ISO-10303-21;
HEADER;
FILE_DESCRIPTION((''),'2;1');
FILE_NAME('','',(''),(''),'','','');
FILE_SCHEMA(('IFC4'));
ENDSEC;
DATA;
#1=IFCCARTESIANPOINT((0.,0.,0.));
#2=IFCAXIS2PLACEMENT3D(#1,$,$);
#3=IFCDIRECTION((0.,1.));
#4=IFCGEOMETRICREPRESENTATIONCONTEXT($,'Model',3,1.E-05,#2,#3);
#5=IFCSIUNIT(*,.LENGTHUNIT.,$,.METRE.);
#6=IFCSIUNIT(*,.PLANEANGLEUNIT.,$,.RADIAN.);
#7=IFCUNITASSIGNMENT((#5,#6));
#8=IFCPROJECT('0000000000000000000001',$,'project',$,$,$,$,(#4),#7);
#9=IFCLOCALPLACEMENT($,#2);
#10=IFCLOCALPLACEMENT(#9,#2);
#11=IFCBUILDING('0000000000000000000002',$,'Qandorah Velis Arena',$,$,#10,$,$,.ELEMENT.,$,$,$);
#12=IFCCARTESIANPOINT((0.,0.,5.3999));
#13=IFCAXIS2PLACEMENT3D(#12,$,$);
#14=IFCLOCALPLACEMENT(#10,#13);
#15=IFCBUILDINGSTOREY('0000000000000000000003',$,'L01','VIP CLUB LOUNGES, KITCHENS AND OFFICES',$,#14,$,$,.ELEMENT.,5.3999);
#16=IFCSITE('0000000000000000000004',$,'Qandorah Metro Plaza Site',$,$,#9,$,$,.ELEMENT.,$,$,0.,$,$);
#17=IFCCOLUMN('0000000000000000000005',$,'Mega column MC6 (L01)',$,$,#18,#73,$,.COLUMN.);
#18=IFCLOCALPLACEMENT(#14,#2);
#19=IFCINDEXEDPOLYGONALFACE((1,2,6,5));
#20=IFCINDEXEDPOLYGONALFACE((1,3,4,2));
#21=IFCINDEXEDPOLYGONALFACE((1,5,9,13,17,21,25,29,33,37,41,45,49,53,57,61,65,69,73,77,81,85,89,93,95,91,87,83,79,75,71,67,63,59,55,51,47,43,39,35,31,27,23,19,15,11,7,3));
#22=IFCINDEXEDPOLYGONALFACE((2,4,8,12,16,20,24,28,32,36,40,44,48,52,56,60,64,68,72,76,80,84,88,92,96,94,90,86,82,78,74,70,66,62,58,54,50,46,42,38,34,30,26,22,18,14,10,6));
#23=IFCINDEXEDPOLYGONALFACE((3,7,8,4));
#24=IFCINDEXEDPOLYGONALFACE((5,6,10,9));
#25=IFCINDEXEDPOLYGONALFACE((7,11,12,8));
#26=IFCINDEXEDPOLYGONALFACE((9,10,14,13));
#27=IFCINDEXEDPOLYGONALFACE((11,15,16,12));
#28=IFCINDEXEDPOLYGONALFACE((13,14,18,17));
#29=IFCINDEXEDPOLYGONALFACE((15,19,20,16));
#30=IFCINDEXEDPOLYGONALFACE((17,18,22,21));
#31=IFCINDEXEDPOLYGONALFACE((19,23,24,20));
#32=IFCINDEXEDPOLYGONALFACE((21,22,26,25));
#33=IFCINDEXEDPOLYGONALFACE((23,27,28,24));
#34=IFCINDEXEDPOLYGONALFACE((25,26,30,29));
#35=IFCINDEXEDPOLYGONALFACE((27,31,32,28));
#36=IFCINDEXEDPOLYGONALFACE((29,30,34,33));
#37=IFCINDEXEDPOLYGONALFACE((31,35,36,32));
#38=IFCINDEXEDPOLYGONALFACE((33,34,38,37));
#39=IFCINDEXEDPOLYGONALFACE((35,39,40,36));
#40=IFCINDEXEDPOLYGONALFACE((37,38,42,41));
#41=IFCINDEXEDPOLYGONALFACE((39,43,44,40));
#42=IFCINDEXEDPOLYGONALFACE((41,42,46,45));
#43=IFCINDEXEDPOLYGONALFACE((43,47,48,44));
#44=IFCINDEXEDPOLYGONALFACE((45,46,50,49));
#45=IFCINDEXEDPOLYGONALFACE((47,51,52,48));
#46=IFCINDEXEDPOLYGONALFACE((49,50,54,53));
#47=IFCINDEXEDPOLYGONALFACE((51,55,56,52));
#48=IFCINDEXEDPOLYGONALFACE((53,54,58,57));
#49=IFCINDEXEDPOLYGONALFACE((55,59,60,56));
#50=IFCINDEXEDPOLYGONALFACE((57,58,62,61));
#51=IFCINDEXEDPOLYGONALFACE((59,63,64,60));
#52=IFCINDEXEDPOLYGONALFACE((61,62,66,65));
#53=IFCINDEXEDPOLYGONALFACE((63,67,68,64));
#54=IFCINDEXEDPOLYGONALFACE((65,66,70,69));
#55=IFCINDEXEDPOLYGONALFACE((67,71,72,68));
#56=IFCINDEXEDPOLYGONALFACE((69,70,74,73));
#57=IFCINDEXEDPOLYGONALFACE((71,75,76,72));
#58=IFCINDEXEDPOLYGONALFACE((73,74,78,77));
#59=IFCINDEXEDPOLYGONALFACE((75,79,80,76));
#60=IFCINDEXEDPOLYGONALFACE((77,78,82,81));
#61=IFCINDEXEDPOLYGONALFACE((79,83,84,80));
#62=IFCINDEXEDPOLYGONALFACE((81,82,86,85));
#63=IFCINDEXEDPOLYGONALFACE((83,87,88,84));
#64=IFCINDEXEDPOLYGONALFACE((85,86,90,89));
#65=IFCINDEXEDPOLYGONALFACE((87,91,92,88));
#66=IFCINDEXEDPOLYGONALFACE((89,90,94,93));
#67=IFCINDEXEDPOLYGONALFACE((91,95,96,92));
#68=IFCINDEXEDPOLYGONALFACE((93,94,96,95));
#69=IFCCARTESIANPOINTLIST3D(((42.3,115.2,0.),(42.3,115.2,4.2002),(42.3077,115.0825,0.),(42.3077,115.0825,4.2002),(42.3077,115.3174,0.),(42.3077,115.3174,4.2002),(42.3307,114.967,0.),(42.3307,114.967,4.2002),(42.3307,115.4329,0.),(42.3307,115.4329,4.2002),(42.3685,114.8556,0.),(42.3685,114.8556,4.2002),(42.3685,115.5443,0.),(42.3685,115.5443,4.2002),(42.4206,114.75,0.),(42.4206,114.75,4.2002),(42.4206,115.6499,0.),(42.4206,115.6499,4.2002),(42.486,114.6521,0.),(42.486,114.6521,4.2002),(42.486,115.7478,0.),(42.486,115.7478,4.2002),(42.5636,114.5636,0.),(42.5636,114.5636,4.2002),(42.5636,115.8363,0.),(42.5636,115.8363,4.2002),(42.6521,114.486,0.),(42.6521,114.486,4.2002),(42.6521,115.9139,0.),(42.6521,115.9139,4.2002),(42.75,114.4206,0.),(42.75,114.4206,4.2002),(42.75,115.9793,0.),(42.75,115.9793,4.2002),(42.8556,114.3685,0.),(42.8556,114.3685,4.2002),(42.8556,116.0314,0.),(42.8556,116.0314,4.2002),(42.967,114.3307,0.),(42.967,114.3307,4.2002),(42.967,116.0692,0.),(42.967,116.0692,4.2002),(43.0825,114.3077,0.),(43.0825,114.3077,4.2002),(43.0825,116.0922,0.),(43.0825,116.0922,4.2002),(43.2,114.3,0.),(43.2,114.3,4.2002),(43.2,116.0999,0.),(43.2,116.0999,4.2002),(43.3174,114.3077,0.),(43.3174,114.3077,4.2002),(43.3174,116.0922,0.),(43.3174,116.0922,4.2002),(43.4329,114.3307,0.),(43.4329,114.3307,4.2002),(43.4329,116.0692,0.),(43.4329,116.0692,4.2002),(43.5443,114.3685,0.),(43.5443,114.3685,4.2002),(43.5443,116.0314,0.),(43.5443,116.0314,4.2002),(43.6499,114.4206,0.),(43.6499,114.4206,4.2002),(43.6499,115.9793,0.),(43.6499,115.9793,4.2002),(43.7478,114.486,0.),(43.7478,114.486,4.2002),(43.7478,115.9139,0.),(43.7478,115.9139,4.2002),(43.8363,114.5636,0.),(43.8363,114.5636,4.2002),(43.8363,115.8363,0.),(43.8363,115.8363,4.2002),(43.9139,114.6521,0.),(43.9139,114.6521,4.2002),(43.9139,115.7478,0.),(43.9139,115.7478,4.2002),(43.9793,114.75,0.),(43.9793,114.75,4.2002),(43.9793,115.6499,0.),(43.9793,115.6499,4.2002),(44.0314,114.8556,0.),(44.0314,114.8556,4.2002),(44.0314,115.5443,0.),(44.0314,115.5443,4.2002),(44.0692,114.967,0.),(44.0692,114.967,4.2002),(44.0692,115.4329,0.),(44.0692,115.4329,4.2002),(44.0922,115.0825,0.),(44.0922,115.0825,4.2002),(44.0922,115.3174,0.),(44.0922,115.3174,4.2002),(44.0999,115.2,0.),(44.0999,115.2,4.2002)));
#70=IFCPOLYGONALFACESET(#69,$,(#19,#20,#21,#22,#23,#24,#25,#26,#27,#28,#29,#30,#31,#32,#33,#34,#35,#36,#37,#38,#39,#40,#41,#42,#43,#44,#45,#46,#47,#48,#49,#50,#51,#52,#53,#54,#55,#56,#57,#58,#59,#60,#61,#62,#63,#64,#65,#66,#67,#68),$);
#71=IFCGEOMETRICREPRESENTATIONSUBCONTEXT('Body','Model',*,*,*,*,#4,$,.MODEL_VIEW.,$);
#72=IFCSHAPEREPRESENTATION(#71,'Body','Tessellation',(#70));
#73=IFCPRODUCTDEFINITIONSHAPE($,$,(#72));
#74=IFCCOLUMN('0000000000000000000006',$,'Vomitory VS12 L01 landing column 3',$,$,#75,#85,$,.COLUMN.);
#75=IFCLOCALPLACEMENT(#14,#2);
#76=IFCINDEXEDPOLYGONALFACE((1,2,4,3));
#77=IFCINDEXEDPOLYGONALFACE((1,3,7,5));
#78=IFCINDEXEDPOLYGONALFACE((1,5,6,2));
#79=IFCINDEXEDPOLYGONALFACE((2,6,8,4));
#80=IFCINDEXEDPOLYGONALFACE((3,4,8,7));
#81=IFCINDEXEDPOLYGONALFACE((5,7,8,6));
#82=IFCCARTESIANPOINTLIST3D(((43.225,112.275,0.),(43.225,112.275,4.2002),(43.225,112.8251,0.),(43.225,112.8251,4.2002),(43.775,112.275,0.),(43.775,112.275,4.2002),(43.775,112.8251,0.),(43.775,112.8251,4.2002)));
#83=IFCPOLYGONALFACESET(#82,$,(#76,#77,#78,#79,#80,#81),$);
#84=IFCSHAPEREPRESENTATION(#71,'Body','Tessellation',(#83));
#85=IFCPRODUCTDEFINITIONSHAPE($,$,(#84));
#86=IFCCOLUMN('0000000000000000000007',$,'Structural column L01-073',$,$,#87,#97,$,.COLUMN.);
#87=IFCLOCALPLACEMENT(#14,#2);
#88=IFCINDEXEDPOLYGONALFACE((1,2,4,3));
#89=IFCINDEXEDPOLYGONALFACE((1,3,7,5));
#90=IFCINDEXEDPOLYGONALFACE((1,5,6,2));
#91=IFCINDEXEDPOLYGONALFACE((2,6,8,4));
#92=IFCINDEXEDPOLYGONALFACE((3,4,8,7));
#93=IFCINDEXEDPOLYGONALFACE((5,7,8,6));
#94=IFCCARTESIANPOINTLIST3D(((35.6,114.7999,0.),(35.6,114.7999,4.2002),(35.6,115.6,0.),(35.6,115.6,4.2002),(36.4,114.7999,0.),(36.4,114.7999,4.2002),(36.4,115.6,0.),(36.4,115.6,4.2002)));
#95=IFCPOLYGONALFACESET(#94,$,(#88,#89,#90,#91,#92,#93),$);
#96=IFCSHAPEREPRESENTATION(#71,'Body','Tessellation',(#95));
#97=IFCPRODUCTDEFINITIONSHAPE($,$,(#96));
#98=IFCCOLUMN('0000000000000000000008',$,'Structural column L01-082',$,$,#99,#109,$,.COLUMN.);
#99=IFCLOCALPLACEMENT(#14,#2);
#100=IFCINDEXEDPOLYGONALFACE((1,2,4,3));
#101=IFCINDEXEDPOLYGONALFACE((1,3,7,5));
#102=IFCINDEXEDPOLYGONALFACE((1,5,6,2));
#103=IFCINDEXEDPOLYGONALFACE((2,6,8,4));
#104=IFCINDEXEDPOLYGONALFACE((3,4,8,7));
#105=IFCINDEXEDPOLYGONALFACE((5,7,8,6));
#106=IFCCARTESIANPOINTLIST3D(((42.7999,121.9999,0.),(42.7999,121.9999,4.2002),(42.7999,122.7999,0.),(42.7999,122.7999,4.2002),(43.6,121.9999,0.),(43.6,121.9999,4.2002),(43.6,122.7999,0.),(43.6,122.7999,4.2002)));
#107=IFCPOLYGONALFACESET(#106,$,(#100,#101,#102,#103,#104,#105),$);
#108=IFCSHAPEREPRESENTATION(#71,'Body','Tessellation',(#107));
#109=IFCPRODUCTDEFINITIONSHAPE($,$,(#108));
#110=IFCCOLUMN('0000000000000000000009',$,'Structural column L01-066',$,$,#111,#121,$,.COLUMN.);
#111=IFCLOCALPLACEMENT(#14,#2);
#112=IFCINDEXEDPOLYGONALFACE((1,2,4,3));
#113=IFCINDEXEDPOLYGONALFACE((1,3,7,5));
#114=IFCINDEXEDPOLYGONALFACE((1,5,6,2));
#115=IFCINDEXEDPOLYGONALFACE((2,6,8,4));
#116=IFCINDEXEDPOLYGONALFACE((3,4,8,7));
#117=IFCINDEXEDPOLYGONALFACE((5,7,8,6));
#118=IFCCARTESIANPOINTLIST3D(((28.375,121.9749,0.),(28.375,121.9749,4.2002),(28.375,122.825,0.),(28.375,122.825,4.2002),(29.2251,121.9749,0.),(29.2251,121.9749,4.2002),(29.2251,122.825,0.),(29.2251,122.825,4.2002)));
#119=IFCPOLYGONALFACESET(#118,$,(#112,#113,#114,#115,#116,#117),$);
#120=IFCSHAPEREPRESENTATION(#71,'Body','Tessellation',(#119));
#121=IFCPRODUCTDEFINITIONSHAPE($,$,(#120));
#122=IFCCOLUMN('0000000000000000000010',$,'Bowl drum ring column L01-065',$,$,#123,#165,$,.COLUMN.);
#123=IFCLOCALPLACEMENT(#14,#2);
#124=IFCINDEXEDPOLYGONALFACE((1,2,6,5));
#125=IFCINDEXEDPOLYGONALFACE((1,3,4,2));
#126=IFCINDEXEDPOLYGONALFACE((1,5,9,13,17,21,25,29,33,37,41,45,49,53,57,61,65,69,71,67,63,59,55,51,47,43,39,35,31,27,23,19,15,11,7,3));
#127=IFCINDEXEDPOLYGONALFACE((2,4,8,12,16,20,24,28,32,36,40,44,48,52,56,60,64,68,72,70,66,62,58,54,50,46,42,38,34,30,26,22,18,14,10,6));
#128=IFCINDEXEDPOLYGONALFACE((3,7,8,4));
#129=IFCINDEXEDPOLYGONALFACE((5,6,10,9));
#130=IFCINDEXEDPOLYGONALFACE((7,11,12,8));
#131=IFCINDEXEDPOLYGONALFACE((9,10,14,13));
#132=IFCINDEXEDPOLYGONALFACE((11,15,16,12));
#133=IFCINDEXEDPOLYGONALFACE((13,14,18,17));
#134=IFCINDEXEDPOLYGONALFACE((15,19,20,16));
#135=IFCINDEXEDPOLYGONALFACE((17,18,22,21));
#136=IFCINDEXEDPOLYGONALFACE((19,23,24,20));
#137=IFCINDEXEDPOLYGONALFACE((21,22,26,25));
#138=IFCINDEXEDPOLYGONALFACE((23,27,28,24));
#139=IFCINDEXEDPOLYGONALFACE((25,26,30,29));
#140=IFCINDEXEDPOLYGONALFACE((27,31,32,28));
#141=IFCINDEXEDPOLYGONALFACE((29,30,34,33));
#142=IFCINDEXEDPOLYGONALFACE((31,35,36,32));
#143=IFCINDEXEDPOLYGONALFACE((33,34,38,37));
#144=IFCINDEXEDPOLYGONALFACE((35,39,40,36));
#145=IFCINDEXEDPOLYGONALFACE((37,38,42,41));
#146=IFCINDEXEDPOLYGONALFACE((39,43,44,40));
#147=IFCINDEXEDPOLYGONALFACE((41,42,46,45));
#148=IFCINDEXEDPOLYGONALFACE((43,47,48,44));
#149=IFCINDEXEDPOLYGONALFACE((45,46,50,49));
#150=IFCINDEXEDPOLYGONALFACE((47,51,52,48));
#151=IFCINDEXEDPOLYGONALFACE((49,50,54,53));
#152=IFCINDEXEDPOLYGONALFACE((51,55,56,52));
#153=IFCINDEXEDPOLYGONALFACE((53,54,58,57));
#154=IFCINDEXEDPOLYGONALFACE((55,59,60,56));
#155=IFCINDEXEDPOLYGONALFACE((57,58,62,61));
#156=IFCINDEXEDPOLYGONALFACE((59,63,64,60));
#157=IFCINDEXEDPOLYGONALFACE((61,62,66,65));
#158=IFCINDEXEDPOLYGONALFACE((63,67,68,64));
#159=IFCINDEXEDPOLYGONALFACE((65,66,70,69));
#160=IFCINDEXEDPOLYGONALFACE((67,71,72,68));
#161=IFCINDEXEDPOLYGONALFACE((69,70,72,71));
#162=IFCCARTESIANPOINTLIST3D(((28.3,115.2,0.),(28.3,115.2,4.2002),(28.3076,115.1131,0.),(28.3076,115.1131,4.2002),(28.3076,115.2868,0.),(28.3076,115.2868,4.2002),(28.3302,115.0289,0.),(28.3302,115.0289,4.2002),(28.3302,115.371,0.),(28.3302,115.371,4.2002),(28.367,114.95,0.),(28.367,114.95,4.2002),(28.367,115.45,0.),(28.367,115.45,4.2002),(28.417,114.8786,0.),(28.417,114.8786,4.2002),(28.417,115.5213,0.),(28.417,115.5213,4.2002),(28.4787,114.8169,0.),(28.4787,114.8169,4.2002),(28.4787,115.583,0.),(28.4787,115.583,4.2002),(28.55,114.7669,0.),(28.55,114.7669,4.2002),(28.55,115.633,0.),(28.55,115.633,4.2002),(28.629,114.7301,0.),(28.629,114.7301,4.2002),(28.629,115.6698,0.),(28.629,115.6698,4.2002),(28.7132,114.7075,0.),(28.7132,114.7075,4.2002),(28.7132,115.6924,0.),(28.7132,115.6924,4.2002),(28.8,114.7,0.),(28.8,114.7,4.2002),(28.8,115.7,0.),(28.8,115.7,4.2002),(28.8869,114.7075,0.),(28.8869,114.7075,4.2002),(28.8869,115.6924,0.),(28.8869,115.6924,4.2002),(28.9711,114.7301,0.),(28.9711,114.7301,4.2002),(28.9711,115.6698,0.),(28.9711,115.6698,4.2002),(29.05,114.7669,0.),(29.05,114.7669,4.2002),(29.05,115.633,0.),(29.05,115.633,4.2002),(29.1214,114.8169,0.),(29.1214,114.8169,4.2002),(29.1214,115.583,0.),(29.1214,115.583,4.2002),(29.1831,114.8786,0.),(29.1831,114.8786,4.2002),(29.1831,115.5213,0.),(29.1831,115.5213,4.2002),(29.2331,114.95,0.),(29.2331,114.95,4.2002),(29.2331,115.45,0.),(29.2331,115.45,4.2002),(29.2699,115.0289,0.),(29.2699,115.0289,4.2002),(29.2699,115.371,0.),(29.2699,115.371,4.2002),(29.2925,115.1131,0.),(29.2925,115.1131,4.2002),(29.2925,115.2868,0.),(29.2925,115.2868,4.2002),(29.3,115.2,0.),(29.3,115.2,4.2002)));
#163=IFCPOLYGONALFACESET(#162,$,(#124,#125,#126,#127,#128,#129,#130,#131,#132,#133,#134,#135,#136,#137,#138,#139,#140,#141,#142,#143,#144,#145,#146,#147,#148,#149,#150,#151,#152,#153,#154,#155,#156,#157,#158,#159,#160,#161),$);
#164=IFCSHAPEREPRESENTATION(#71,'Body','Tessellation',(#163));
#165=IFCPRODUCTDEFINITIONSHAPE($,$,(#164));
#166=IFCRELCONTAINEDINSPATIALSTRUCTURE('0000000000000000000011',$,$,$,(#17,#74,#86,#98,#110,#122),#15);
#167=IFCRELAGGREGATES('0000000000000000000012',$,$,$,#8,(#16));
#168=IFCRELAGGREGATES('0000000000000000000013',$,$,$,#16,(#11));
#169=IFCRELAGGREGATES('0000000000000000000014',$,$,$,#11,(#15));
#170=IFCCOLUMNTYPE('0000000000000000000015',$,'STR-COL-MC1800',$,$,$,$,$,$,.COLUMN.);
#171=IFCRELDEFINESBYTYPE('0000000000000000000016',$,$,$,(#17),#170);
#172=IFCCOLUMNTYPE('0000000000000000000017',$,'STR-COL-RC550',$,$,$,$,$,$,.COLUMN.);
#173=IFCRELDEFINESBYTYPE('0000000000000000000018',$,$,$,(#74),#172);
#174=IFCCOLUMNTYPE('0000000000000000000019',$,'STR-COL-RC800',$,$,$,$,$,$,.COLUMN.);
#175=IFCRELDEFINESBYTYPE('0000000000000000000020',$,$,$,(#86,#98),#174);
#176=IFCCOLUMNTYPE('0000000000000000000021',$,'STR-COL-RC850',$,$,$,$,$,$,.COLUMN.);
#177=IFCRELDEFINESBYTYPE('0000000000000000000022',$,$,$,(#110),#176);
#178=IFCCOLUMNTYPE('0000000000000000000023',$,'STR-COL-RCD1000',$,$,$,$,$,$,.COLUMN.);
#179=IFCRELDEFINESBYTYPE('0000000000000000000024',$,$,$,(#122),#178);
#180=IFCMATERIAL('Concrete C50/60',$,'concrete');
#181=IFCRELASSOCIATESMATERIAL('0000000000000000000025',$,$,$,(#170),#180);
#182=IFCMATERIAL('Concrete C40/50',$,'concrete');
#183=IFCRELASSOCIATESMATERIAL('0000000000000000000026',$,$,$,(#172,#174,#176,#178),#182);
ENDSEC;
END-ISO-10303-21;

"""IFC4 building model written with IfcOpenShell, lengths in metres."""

from ifc_helpers import new_model, si_unit, direction, frame, origin, origin_2d, place, context, subcontext, project, spatial, rectangle, circle, extrude, material, material_profile, profile_set, type_object, element, save


model = new_model("IFC4")

# Units and contexts
model_context = context("Model", 3, precision=1e-05, world=origin(), true_north=direction((0.0, 1.0)))
body_context = subcontext(model_context, "Body", "Model", "MODEL_VIEW")
ifc_project = project(units=[si_unit("LENGTHUNIT", "METRE"), si_unit("PLANEANGLEUNIT", "RADIAN")], contexts=[model_context])

# Site, building, storey
site_placement = place(None, origin())
site = spatial("IfcSite", under=ifc_project, at=site_placement, Name="Qandorah Metro Plaza Site", CompositionType="ELEMENT", RefElevation=0.0)
building_placement = place(site_placement, origin())
building = spatial("IfcBuilding", under=site, at=building_placement, Name="Qandorah Velis Arena", CompositionType="ELEMENT")
storey_placement = place(building_placement, frame((0.0, 0.0, 5.3999)))
storey = spatial("IfcBuildingStorey", under=building, at=storey_placement, Name="L01", Description="VIP CLUB LOUNGES, KITCHENS AND OFFICES", CompositionType="ELEMENT", Elevation=5.3999)

# Columns
ifc_material_1 = material(Name="Concrete C50/60", Category="concrete")
ifc_material_profile_1 = material_profile(ifc_material_1, circle(Radius=0.8999, at=origin_2d()), Name="MC D1800")
ifc_profile_set_1 = profile_set([ifc_material_profile_1], Name="Concrete C50/60")
column_type_1 = type_object("IfcColumnType", Name="STR-COL-MC1800", PredefinedType="COLUMN", material=ifc_profile_set_1)
column_1_placement = place(storey_placement, frame((43.2, 115.2, 0.0), z_axis=(0.0, 0.0, 1.0), x_axis=(1.0, 0.0, 0.0)))
element("IfcColumn", 1, at=column_1_placement, inside=storey, type_object=column_type_1, Name="Mega column MC6 (L01)", PredefinedType="COLUMN", context=body_context, shape_type="SweptSolid", body=[
    extrude(circle(Radius=0.8999, at=origin_2d()), origin(), (0.0, 0.0, 1.0), 4.2002),
])
ifc_material_2 = material(Name="Concrete C40/50", Category="concrete")
ifc_material_profile_2 = material_profile(ifc_material_2, rectangle(XDim=0.55, YDim=0.55, at=origin_2d()), Name="RC COL 550x550")
ifc_profile_set_2 = profile_set([ifc_material_profile_2], Name="Concrete C40/50")
column_type_2 = type_object("IfcColumnType", Name="STR-COL-RC550", PredefinedType="COLUMN", material=ifc_profile_set_2)
column_2_placement = place(storey_placement, frame((43.5, 112.55, 0.0), z_axis=(0.0, 0.0, 1.0), x_axis=(1.0, 0.0, 0.0)))
element("IfcColumn", 2, at=column_2_placement, inside=storey, type_object=column_type_2, Name="Vomitory VS12 L01 landing column 3", PredefinedType="COLUMN", context=body_context, shape_type="SweptSolid", body=[
    extrude(rectangle(XDim=0.55, YDim=0.55, at=origin_2d()), origin(), (0.0, 0.0, 1.0), 4.2002),
])
ifc_material_profile_3 = material_profile(ifc_material_2, rectangle(XDim=0.8, YDim=0.8, at=origin_2d()), Name="RC COL 800x800")
ifc_profile_set_3 = profile_set([ifc_material_profile_3], Name="Concrete C40/50")
column_type_3 = type_object("IfcColumnType", Name="STR-COL-RC800", PredefinedType="COLUMN", material=ifc_profile_set_3)
for number, where, z_axis, x_axis, name in (
    (3, (36.0, 115.2, 0.0), (0.0, 0.0, 1.0), (1.0, 0.0, 0.0), "Structural column L01-073"),
    (4, (43.2, 122.3999, 0.0), (0.0, 0.0, 1.0), (1.0, 0.0, 0.0), "Structural column L01-082"),
):
    element("IfcColumn", number, at=place(storey_placement, frame(where, z_axis=z_axis, x_axis=x_axis)), inside=storey, type_object=column_type_3, Name=name, PredefinedType="COLUMN", context=body_context, shape_type="SweptSolid", body=[
        extrude(rectangle(XDim=0.8, YDim=0.8, at=origin_2d()), origin(), (0.0, 0.0, 1.0), 4.2002),
    ])
ifc_material_profile_4 = material_profile(ifc_material_2, rectangle(XDim=0.8501, YDim=0.8501, at=origin_2d()), Name="RC COL 850x850")
ifc_profile_set_4 = profile_set([ifc_material_profile_4], Name="Concrete C40/50")
column_type_4 = type_object("IfcColumnType", Name="STR-COL-RC850", PredefinedType="COLUMN", material=ifc_profile_set_4)
column_3_placement = place(storey_placement, frame((28.8, 122.3999, 0.0), z_axis=(0.0, 0.0, 1.0), x_axis=(1.0, 0.0, 0.0)))
element("IfcColumn", 5, at=column_3_placement, inside=storey, type_object=column_type_4, Name="Structural column L01-066", PredefinedType="COLUMN", context=body_context, shape_type="SweptSolid", body=[
    extrude(rectangle(XDim=0.8501, YDim=0.8501, at=origin_2d()), origin(), (0.0, 0.0, 1.0), 4.2002),
])
ifc_material_profile_5 = material_profile(ifc_material_2, circle(Radius=0.5, at=origin_2d()), Name="RC D1000")
ifc_profile_set_5 = profile_set([ifc_material_profile_5], Name="Concrete C40/50")
column_type_5 = type_object("IfcColumnType", Name="STR-COL-RCD1000", PredefinedType="COLUMN", material=ifc_profile_set_5)
column_4_placement = place(storey_placement, frame((28.8, 115.2, 0.0), z_axis=(0.0, 0.0, 1.0), x_axis=(1.0, 0.0, 0.0)))
element("IfcColumn", 6, at=column_4_placement, inside=storey, type_object=column_type_5, Name="Bowl drum ring column L01-065", PredefinedType="COLUMN", context=body_context, shape_type="SweptSolid", body=[
    extrude(circle(Radius=0.5, at=origin_2d()), origin(), (0.0, 0.0, 1.0), 4.2002),
])

save(model, "model.ifc")
